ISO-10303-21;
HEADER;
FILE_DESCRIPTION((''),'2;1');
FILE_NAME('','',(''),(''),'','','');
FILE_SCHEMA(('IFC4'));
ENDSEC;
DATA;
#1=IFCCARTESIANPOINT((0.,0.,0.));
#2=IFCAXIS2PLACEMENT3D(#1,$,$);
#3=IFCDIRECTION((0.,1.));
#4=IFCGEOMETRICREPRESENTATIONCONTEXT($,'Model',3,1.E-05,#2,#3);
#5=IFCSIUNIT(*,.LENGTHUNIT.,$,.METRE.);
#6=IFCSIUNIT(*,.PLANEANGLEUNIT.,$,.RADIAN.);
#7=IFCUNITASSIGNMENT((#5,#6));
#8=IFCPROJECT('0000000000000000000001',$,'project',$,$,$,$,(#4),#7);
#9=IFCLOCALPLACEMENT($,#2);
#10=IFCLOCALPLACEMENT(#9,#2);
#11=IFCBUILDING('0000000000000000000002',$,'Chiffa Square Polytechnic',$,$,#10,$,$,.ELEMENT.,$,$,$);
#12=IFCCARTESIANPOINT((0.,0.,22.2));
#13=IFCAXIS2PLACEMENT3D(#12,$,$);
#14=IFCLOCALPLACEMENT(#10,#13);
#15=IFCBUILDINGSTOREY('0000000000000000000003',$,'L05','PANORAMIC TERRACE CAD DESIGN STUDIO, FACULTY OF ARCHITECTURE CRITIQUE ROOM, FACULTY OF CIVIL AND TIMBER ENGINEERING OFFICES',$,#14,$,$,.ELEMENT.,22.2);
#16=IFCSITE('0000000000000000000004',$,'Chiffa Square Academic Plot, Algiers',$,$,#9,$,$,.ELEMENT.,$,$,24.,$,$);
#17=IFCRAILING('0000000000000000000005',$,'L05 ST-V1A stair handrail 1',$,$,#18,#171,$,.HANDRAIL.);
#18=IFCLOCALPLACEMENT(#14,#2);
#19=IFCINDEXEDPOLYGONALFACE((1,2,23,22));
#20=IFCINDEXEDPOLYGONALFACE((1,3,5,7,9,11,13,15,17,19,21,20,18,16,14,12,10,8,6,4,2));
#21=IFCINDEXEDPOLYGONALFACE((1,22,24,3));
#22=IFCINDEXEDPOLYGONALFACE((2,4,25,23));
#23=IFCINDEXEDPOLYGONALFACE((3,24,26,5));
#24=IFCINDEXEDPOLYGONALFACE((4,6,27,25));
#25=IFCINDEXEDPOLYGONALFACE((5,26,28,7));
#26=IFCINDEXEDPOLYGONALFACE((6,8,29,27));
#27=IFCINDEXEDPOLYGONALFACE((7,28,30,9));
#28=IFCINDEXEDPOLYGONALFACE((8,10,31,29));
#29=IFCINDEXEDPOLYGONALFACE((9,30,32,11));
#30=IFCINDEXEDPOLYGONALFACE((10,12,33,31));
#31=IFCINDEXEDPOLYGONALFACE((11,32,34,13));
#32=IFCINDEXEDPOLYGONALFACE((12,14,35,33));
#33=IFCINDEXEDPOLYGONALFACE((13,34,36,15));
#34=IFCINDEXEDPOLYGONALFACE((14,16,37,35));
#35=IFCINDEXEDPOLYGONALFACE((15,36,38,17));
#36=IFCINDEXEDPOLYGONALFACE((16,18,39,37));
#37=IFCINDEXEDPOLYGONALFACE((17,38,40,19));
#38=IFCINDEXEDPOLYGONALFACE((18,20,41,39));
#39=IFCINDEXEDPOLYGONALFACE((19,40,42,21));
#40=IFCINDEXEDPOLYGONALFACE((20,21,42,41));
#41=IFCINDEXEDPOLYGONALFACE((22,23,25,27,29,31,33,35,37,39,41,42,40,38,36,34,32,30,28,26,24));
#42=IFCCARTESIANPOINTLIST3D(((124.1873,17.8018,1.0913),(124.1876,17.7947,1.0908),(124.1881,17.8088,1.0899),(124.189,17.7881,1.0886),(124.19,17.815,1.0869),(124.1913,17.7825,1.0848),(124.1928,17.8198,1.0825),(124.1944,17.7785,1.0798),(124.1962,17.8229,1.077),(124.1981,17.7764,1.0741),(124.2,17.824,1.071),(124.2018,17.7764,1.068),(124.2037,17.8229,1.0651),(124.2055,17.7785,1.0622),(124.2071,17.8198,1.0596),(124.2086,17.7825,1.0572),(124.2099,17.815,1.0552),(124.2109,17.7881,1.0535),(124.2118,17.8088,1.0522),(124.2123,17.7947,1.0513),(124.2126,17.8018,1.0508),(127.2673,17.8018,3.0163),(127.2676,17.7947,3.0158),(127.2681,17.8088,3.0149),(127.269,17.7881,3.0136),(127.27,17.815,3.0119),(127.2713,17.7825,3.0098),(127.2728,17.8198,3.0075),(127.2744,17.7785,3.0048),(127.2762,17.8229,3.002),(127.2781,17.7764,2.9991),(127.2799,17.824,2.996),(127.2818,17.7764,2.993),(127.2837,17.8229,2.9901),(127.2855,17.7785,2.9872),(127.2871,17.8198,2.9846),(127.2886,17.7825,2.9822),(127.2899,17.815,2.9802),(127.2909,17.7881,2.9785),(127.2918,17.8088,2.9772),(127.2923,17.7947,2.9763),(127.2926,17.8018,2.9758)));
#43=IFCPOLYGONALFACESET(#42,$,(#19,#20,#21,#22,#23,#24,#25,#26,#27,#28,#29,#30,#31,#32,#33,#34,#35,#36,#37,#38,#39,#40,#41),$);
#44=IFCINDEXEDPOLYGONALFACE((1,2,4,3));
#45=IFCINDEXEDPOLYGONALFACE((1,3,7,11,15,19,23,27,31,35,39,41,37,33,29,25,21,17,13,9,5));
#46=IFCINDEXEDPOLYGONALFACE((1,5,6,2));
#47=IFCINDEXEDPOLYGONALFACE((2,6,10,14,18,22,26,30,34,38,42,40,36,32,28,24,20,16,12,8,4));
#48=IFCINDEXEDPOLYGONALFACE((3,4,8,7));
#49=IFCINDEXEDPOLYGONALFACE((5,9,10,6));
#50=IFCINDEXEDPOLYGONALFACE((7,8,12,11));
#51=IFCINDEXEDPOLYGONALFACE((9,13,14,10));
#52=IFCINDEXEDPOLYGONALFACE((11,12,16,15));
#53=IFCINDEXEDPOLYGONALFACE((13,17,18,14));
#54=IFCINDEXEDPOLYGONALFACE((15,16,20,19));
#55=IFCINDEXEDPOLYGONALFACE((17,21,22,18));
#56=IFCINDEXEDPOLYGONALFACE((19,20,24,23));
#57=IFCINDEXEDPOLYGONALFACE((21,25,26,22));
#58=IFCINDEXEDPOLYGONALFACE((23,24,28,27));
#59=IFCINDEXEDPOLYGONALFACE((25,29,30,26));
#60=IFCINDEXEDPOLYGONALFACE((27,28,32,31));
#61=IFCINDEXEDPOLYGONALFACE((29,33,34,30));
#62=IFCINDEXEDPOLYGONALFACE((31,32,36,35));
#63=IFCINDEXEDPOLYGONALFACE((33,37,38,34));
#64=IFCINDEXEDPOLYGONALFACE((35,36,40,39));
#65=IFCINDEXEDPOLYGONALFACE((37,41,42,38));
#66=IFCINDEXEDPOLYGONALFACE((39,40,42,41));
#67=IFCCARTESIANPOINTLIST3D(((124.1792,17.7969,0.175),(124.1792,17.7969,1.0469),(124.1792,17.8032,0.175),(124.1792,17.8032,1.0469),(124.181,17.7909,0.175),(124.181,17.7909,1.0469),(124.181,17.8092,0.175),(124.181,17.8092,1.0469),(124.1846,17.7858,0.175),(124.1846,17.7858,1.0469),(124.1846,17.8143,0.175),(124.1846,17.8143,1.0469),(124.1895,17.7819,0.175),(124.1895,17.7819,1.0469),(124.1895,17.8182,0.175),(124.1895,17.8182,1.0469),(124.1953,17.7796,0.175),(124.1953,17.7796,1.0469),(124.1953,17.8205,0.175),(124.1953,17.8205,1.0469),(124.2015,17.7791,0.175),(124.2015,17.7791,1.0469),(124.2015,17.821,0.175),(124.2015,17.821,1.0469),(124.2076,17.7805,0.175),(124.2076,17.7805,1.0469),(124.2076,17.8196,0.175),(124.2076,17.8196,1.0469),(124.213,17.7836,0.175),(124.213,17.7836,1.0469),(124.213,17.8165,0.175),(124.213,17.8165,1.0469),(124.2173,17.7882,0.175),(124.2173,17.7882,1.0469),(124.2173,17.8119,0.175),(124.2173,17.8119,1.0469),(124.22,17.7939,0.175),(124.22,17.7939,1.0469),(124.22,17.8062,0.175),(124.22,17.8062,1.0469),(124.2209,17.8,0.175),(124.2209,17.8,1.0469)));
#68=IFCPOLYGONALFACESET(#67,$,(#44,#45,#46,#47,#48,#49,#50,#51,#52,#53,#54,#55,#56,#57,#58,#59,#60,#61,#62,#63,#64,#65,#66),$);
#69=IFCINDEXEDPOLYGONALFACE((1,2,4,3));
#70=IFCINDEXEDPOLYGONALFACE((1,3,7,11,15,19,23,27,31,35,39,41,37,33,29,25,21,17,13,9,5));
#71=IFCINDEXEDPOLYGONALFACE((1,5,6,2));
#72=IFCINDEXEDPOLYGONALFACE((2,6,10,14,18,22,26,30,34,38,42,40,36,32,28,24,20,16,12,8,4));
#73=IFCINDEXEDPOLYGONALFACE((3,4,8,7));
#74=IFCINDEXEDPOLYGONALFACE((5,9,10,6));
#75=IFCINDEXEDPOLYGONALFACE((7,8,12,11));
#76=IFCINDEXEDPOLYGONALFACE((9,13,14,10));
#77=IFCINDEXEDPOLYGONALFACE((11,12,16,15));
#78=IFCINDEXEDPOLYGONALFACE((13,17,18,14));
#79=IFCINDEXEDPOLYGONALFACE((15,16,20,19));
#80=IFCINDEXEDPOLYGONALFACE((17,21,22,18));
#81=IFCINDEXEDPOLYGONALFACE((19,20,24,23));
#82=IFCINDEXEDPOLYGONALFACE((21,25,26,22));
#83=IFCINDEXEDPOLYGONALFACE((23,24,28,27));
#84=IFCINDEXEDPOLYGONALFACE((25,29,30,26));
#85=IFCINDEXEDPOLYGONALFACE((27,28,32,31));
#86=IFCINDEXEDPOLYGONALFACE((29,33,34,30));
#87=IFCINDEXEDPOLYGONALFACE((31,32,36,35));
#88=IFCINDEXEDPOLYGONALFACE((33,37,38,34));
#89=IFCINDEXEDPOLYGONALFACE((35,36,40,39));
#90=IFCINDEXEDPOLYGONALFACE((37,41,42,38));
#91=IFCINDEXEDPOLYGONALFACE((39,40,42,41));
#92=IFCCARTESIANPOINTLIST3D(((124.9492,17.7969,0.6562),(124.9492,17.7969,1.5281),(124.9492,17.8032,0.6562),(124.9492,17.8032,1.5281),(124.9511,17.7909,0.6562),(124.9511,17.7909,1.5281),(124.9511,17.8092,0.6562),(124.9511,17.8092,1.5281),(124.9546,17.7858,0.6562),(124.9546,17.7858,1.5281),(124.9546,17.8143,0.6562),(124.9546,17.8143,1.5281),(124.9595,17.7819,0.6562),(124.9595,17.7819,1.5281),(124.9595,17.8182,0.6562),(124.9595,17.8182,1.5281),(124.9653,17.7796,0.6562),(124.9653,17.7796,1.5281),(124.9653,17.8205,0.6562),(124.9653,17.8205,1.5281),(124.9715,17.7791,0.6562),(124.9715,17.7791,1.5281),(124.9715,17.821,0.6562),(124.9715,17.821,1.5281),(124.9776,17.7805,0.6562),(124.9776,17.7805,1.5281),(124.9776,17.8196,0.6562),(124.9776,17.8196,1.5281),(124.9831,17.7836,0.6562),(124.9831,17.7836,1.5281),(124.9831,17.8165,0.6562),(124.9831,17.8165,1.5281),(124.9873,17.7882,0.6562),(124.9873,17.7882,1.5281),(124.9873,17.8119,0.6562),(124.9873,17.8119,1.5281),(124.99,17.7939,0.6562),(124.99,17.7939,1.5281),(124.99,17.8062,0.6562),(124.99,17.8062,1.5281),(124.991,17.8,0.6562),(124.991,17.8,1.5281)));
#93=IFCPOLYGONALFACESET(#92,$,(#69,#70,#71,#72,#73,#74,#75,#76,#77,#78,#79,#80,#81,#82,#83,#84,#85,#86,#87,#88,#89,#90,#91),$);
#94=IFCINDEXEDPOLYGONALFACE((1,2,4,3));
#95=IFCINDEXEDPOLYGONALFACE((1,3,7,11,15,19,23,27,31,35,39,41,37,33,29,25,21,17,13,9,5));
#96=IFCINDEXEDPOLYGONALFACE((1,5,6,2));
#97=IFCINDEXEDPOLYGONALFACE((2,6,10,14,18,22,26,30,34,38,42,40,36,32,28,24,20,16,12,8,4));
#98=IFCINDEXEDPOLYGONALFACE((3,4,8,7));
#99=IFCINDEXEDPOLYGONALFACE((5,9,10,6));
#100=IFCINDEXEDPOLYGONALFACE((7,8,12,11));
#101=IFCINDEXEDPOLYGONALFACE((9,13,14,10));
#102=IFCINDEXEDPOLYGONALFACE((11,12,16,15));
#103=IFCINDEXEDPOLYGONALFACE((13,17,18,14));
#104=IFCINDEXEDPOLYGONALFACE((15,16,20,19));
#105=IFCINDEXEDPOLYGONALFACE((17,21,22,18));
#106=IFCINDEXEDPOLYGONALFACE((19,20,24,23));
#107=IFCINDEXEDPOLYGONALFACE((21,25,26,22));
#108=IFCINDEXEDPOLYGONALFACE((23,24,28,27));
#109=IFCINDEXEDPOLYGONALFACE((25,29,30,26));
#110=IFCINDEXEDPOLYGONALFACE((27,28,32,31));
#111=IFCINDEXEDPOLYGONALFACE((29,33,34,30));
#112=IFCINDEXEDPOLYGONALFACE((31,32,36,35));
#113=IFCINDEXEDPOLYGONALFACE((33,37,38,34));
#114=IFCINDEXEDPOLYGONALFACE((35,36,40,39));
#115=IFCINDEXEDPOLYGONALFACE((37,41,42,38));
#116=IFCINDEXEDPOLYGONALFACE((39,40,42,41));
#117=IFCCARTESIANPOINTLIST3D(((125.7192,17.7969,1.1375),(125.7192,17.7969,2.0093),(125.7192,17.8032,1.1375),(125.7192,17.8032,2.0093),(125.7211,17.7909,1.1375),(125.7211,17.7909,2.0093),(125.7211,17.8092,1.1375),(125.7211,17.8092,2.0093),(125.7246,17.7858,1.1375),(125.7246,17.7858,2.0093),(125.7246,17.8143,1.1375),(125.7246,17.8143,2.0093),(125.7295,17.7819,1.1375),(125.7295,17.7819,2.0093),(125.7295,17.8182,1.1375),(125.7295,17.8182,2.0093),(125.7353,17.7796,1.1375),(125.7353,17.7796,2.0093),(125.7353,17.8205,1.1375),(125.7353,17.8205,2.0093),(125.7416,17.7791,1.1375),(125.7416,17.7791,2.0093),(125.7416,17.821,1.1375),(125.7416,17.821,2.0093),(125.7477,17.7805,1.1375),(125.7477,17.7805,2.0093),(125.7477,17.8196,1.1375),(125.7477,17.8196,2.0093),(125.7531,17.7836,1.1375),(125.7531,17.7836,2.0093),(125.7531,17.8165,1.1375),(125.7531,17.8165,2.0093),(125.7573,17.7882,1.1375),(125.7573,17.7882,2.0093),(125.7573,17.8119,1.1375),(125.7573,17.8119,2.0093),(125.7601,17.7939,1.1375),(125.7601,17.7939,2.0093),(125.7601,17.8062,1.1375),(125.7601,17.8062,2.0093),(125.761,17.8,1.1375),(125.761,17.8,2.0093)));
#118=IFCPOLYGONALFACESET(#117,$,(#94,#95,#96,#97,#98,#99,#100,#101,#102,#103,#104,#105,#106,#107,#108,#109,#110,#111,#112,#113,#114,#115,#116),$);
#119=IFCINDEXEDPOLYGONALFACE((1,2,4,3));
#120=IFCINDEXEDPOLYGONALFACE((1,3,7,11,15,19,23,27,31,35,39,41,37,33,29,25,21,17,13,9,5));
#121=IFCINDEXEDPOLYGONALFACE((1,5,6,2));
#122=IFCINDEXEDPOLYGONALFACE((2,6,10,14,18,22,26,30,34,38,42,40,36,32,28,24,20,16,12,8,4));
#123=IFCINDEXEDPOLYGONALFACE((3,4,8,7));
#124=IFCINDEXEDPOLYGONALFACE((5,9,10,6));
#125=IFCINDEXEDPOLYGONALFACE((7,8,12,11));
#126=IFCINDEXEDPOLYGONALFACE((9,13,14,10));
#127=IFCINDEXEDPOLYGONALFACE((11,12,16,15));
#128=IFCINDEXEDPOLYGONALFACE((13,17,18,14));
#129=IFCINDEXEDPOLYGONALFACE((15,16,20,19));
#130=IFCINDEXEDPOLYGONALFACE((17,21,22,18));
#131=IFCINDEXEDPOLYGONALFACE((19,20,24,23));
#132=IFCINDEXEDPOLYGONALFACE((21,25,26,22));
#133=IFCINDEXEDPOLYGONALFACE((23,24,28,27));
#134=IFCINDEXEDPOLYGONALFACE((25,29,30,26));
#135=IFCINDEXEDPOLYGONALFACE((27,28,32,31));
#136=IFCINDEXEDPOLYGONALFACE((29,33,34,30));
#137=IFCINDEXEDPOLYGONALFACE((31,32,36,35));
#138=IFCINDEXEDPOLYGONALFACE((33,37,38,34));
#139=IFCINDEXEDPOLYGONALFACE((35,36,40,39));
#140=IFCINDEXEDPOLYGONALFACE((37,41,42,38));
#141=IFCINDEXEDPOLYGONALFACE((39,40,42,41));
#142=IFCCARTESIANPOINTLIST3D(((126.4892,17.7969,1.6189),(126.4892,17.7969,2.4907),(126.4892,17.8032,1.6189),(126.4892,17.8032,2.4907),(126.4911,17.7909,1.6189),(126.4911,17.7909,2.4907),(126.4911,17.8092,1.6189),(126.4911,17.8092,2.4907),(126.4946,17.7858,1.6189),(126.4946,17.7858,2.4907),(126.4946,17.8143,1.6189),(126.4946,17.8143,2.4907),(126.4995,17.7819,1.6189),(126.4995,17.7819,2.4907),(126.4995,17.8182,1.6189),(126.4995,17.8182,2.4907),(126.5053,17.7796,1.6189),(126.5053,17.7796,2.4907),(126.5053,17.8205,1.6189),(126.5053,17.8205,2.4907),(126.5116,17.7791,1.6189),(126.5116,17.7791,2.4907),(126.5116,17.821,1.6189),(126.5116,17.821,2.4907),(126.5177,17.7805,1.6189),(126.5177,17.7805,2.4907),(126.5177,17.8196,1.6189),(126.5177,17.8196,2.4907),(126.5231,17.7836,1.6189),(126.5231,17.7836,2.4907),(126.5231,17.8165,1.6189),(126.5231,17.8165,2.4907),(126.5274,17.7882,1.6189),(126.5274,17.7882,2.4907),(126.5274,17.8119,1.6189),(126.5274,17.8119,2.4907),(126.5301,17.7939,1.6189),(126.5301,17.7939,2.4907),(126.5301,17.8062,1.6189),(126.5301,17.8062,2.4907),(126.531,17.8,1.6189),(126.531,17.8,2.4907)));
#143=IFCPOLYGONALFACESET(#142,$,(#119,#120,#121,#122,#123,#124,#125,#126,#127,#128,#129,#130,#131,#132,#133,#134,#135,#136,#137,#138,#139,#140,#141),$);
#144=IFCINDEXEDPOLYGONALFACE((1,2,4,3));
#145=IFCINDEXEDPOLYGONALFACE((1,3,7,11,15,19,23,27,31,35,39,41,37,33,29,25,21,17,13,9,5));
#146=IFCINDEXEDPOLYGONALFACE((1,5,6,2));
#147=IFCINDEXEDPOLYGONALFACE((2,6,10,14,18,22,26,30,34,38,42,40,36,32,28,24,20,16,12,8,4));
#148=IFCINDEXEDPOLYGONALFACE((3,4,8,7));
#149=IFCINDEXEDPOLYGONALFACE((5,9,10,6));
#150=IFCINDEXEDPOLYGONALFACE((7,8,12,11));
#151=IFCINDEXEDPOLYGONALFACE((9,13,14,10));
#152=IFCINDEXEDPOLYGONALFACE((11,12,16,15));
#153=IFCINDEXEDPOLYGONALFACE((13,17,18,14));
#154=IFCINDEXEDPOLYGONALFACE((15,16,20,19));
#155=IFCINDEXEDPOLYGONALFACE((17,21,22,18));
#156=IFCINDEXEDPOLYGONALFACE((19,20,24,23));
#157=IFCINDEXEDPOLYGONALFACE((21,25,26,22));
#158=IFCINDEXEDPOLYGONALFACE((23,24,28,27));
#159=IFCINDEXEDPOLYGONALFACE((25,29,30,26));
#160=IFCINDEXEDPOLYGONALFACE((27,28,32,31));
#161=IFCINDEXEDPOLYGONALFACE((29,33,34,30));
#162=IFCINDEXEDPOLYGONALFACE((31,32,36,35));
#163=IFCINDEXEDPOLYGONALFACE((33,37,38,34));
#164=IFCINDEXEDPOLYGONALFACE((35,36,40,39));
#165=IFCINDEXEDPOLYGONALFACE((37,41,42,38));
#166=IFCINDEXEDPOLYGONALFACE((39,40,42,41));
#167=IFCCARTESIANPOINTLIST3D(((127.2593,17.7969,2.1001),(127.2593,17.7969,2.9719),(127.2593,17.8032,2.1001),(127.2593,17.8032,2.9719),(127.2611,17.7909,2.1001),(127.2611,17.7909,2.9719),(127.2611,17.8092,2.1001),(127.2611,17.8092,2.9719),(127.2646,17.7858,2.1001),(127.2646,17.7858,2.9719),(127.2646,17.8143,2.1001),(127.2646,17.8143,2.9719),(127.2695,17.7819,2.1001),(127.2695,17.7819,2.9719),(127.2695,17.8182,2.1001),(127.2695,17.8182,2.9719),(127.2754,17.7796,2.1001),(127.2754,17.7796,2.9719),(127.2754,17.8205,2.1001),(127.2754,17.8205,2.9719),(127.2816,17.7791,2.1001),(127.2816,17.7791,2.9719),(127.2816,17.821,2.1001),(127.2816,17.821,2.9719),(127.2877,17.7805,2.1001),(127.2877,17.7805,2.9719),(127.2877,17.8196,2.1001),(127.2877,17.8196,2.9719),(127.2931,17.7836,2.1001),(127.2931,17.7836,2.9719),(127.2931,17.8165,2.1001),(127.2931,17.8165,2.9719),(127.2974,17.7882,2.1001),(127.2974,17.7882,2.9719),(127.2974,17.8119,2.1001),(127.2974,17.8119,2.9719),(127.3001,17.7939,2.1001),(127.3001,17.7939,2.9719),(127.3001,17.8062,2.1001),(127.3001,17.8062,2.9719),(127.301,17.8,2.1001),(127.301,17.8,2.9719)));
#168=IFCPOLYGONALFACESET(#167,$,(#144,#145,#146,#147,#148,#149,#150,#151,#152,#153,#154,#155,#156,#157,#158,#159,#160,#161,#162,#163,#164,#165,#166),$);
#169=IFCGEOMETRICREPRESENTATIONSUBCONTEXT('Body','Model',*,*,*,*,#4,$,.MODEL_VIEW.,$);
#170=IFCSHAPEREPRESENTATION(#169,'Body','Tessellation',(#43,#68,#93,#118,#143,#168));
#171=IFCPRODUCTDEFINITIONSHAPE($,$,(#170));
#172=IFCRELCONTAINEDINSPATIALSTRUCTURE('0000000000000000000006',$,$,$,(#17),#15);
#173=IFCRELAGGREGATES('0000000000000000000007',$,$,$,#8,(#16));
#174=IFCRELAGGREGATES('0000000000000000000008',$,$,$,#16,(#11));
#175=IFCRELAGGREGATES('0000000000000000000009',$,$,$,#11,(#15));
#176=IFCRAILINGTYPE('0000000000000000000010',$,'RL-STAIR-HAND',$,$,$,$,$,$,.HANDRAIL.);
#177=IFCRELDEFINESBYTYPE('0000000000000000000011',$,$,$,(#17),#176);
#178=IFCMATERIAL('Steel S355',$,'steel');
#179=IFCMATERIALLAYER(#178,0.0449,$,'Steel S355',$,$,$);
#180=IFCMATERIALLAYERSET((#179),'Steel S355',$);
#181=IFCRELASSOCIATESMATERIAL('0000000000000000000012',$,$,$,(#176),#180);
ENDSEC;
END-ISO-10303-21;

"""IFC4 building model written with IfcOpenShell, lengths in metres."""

from ifc_helpers import new_model, si_unit, direction, frame, origin, origin_2d, place, context, subcontext, project, spatial, circle, extrude, material, layer, layer_set, type_object, element, save


model = new_model("IFC4")

# Units and contexts
model_context = context("Model", 3, precision=1e-05, world=origin(), true_north=direction((0.0, 1.0)))
body_context = subcontext(model_context, "Body", "Model", "MODEL_VIEW")
ifc_project = project(units=[si_unit("LENGTHUNIT", "METRE"), si_unit("PLANEANGLEUNIT", "RADIAN")], contexts=[model_context])

# Site, building, storey
site_placement = place(None, origin())
site = spatial("IfcSite", under=ifc_project, at=site_placement, Name="Chiffa Square Academic Plot, Algiers", CompositionType="ELEMENT", RefElevation=24.0)
building_placement = place(site_placement, origin())
building = spatial("IfcBuilding", under=site, at=building_placement, Name="Chiffa Square Polytechnic", CompositionType="ELEMENT")
storey_placement = place(building_placement, frame((0.0, 0.0, 22.2)))
storey = spatial("IfcBuildingStorey", under=building, at=storey_placement, Name="L05", Description="PANORAMIC TERRACE CAD DESIGN STUDIO, FACULTY OF ARCHITECTURE CRITIQUE ROOM, FACULTY OF CIVIL AND TIMBER ENGINEERING OFFICES", CompositionType="ELEMENT", Elevation=22.2)

# Railing
ifc_material_1 = material(Name="Steel S355", Category="steel")
ifc_layer_1 = layer(ifc_material_1, 0.0449, Name="Steel S355")
ifc_layer_set_1 = layer_set([ifc_layer_1], Name="Steel S355")
railing_type = type_object("IfcRailingType", Name="RL-STAIR-HAND", PredefinedType="HANDRAIL", material=ifc_layer_set_1)
railing_placement = place(storey_placement, frame((124.2, 17.8, 0.175)))
element("IfcRailing", 1, at=railing_placement, inside=storey, type_object=railing_type, Name="L05 ST-V1A stair handrail 1", PredefinedType="HANDRAIL", context=body_context, shape_type="SweptSolid", body=[
    extrude(circle(Radius=0.0239, at=origin_2d()), frame((0.0, 0.0, 0.896), z_axis=(0.847998, 0.0, 0.529999), x_axis=(0.0, 1.0, 0.0)), (0.0, 0.0, 1.0), 3.6321),
    extrude(circle(Radius=0.021, at=origin_2d()), origin(), (0.0, 0.0, 1.0), 0.8718),
    extrude(circle(Radius=0.021, at=origin_2d()), frame((0.77, 0.0, 0.4812)), (0.0, 0.0, 1.0), 0.8718),
    extrude(circle(Radius=0.021, at=origin_2d()), frame((1.54, 0.0, 0.9624)), (0.0, 0.0, 1.0), 0.8718),
    extrude(circle(Radius=0.021, at=origin_2d()), frame((2.3101, 0.0, 1.4438)), (0.0, 0.0, 1.0), 0.8718),
    extrude(circle(Radius=0.021, at=origin_2d()), frame((3.0801, 0.0, 1.925)), (0.0, 0.0, 1.0), 0.8718),
])

save(model, "model.ifc")
